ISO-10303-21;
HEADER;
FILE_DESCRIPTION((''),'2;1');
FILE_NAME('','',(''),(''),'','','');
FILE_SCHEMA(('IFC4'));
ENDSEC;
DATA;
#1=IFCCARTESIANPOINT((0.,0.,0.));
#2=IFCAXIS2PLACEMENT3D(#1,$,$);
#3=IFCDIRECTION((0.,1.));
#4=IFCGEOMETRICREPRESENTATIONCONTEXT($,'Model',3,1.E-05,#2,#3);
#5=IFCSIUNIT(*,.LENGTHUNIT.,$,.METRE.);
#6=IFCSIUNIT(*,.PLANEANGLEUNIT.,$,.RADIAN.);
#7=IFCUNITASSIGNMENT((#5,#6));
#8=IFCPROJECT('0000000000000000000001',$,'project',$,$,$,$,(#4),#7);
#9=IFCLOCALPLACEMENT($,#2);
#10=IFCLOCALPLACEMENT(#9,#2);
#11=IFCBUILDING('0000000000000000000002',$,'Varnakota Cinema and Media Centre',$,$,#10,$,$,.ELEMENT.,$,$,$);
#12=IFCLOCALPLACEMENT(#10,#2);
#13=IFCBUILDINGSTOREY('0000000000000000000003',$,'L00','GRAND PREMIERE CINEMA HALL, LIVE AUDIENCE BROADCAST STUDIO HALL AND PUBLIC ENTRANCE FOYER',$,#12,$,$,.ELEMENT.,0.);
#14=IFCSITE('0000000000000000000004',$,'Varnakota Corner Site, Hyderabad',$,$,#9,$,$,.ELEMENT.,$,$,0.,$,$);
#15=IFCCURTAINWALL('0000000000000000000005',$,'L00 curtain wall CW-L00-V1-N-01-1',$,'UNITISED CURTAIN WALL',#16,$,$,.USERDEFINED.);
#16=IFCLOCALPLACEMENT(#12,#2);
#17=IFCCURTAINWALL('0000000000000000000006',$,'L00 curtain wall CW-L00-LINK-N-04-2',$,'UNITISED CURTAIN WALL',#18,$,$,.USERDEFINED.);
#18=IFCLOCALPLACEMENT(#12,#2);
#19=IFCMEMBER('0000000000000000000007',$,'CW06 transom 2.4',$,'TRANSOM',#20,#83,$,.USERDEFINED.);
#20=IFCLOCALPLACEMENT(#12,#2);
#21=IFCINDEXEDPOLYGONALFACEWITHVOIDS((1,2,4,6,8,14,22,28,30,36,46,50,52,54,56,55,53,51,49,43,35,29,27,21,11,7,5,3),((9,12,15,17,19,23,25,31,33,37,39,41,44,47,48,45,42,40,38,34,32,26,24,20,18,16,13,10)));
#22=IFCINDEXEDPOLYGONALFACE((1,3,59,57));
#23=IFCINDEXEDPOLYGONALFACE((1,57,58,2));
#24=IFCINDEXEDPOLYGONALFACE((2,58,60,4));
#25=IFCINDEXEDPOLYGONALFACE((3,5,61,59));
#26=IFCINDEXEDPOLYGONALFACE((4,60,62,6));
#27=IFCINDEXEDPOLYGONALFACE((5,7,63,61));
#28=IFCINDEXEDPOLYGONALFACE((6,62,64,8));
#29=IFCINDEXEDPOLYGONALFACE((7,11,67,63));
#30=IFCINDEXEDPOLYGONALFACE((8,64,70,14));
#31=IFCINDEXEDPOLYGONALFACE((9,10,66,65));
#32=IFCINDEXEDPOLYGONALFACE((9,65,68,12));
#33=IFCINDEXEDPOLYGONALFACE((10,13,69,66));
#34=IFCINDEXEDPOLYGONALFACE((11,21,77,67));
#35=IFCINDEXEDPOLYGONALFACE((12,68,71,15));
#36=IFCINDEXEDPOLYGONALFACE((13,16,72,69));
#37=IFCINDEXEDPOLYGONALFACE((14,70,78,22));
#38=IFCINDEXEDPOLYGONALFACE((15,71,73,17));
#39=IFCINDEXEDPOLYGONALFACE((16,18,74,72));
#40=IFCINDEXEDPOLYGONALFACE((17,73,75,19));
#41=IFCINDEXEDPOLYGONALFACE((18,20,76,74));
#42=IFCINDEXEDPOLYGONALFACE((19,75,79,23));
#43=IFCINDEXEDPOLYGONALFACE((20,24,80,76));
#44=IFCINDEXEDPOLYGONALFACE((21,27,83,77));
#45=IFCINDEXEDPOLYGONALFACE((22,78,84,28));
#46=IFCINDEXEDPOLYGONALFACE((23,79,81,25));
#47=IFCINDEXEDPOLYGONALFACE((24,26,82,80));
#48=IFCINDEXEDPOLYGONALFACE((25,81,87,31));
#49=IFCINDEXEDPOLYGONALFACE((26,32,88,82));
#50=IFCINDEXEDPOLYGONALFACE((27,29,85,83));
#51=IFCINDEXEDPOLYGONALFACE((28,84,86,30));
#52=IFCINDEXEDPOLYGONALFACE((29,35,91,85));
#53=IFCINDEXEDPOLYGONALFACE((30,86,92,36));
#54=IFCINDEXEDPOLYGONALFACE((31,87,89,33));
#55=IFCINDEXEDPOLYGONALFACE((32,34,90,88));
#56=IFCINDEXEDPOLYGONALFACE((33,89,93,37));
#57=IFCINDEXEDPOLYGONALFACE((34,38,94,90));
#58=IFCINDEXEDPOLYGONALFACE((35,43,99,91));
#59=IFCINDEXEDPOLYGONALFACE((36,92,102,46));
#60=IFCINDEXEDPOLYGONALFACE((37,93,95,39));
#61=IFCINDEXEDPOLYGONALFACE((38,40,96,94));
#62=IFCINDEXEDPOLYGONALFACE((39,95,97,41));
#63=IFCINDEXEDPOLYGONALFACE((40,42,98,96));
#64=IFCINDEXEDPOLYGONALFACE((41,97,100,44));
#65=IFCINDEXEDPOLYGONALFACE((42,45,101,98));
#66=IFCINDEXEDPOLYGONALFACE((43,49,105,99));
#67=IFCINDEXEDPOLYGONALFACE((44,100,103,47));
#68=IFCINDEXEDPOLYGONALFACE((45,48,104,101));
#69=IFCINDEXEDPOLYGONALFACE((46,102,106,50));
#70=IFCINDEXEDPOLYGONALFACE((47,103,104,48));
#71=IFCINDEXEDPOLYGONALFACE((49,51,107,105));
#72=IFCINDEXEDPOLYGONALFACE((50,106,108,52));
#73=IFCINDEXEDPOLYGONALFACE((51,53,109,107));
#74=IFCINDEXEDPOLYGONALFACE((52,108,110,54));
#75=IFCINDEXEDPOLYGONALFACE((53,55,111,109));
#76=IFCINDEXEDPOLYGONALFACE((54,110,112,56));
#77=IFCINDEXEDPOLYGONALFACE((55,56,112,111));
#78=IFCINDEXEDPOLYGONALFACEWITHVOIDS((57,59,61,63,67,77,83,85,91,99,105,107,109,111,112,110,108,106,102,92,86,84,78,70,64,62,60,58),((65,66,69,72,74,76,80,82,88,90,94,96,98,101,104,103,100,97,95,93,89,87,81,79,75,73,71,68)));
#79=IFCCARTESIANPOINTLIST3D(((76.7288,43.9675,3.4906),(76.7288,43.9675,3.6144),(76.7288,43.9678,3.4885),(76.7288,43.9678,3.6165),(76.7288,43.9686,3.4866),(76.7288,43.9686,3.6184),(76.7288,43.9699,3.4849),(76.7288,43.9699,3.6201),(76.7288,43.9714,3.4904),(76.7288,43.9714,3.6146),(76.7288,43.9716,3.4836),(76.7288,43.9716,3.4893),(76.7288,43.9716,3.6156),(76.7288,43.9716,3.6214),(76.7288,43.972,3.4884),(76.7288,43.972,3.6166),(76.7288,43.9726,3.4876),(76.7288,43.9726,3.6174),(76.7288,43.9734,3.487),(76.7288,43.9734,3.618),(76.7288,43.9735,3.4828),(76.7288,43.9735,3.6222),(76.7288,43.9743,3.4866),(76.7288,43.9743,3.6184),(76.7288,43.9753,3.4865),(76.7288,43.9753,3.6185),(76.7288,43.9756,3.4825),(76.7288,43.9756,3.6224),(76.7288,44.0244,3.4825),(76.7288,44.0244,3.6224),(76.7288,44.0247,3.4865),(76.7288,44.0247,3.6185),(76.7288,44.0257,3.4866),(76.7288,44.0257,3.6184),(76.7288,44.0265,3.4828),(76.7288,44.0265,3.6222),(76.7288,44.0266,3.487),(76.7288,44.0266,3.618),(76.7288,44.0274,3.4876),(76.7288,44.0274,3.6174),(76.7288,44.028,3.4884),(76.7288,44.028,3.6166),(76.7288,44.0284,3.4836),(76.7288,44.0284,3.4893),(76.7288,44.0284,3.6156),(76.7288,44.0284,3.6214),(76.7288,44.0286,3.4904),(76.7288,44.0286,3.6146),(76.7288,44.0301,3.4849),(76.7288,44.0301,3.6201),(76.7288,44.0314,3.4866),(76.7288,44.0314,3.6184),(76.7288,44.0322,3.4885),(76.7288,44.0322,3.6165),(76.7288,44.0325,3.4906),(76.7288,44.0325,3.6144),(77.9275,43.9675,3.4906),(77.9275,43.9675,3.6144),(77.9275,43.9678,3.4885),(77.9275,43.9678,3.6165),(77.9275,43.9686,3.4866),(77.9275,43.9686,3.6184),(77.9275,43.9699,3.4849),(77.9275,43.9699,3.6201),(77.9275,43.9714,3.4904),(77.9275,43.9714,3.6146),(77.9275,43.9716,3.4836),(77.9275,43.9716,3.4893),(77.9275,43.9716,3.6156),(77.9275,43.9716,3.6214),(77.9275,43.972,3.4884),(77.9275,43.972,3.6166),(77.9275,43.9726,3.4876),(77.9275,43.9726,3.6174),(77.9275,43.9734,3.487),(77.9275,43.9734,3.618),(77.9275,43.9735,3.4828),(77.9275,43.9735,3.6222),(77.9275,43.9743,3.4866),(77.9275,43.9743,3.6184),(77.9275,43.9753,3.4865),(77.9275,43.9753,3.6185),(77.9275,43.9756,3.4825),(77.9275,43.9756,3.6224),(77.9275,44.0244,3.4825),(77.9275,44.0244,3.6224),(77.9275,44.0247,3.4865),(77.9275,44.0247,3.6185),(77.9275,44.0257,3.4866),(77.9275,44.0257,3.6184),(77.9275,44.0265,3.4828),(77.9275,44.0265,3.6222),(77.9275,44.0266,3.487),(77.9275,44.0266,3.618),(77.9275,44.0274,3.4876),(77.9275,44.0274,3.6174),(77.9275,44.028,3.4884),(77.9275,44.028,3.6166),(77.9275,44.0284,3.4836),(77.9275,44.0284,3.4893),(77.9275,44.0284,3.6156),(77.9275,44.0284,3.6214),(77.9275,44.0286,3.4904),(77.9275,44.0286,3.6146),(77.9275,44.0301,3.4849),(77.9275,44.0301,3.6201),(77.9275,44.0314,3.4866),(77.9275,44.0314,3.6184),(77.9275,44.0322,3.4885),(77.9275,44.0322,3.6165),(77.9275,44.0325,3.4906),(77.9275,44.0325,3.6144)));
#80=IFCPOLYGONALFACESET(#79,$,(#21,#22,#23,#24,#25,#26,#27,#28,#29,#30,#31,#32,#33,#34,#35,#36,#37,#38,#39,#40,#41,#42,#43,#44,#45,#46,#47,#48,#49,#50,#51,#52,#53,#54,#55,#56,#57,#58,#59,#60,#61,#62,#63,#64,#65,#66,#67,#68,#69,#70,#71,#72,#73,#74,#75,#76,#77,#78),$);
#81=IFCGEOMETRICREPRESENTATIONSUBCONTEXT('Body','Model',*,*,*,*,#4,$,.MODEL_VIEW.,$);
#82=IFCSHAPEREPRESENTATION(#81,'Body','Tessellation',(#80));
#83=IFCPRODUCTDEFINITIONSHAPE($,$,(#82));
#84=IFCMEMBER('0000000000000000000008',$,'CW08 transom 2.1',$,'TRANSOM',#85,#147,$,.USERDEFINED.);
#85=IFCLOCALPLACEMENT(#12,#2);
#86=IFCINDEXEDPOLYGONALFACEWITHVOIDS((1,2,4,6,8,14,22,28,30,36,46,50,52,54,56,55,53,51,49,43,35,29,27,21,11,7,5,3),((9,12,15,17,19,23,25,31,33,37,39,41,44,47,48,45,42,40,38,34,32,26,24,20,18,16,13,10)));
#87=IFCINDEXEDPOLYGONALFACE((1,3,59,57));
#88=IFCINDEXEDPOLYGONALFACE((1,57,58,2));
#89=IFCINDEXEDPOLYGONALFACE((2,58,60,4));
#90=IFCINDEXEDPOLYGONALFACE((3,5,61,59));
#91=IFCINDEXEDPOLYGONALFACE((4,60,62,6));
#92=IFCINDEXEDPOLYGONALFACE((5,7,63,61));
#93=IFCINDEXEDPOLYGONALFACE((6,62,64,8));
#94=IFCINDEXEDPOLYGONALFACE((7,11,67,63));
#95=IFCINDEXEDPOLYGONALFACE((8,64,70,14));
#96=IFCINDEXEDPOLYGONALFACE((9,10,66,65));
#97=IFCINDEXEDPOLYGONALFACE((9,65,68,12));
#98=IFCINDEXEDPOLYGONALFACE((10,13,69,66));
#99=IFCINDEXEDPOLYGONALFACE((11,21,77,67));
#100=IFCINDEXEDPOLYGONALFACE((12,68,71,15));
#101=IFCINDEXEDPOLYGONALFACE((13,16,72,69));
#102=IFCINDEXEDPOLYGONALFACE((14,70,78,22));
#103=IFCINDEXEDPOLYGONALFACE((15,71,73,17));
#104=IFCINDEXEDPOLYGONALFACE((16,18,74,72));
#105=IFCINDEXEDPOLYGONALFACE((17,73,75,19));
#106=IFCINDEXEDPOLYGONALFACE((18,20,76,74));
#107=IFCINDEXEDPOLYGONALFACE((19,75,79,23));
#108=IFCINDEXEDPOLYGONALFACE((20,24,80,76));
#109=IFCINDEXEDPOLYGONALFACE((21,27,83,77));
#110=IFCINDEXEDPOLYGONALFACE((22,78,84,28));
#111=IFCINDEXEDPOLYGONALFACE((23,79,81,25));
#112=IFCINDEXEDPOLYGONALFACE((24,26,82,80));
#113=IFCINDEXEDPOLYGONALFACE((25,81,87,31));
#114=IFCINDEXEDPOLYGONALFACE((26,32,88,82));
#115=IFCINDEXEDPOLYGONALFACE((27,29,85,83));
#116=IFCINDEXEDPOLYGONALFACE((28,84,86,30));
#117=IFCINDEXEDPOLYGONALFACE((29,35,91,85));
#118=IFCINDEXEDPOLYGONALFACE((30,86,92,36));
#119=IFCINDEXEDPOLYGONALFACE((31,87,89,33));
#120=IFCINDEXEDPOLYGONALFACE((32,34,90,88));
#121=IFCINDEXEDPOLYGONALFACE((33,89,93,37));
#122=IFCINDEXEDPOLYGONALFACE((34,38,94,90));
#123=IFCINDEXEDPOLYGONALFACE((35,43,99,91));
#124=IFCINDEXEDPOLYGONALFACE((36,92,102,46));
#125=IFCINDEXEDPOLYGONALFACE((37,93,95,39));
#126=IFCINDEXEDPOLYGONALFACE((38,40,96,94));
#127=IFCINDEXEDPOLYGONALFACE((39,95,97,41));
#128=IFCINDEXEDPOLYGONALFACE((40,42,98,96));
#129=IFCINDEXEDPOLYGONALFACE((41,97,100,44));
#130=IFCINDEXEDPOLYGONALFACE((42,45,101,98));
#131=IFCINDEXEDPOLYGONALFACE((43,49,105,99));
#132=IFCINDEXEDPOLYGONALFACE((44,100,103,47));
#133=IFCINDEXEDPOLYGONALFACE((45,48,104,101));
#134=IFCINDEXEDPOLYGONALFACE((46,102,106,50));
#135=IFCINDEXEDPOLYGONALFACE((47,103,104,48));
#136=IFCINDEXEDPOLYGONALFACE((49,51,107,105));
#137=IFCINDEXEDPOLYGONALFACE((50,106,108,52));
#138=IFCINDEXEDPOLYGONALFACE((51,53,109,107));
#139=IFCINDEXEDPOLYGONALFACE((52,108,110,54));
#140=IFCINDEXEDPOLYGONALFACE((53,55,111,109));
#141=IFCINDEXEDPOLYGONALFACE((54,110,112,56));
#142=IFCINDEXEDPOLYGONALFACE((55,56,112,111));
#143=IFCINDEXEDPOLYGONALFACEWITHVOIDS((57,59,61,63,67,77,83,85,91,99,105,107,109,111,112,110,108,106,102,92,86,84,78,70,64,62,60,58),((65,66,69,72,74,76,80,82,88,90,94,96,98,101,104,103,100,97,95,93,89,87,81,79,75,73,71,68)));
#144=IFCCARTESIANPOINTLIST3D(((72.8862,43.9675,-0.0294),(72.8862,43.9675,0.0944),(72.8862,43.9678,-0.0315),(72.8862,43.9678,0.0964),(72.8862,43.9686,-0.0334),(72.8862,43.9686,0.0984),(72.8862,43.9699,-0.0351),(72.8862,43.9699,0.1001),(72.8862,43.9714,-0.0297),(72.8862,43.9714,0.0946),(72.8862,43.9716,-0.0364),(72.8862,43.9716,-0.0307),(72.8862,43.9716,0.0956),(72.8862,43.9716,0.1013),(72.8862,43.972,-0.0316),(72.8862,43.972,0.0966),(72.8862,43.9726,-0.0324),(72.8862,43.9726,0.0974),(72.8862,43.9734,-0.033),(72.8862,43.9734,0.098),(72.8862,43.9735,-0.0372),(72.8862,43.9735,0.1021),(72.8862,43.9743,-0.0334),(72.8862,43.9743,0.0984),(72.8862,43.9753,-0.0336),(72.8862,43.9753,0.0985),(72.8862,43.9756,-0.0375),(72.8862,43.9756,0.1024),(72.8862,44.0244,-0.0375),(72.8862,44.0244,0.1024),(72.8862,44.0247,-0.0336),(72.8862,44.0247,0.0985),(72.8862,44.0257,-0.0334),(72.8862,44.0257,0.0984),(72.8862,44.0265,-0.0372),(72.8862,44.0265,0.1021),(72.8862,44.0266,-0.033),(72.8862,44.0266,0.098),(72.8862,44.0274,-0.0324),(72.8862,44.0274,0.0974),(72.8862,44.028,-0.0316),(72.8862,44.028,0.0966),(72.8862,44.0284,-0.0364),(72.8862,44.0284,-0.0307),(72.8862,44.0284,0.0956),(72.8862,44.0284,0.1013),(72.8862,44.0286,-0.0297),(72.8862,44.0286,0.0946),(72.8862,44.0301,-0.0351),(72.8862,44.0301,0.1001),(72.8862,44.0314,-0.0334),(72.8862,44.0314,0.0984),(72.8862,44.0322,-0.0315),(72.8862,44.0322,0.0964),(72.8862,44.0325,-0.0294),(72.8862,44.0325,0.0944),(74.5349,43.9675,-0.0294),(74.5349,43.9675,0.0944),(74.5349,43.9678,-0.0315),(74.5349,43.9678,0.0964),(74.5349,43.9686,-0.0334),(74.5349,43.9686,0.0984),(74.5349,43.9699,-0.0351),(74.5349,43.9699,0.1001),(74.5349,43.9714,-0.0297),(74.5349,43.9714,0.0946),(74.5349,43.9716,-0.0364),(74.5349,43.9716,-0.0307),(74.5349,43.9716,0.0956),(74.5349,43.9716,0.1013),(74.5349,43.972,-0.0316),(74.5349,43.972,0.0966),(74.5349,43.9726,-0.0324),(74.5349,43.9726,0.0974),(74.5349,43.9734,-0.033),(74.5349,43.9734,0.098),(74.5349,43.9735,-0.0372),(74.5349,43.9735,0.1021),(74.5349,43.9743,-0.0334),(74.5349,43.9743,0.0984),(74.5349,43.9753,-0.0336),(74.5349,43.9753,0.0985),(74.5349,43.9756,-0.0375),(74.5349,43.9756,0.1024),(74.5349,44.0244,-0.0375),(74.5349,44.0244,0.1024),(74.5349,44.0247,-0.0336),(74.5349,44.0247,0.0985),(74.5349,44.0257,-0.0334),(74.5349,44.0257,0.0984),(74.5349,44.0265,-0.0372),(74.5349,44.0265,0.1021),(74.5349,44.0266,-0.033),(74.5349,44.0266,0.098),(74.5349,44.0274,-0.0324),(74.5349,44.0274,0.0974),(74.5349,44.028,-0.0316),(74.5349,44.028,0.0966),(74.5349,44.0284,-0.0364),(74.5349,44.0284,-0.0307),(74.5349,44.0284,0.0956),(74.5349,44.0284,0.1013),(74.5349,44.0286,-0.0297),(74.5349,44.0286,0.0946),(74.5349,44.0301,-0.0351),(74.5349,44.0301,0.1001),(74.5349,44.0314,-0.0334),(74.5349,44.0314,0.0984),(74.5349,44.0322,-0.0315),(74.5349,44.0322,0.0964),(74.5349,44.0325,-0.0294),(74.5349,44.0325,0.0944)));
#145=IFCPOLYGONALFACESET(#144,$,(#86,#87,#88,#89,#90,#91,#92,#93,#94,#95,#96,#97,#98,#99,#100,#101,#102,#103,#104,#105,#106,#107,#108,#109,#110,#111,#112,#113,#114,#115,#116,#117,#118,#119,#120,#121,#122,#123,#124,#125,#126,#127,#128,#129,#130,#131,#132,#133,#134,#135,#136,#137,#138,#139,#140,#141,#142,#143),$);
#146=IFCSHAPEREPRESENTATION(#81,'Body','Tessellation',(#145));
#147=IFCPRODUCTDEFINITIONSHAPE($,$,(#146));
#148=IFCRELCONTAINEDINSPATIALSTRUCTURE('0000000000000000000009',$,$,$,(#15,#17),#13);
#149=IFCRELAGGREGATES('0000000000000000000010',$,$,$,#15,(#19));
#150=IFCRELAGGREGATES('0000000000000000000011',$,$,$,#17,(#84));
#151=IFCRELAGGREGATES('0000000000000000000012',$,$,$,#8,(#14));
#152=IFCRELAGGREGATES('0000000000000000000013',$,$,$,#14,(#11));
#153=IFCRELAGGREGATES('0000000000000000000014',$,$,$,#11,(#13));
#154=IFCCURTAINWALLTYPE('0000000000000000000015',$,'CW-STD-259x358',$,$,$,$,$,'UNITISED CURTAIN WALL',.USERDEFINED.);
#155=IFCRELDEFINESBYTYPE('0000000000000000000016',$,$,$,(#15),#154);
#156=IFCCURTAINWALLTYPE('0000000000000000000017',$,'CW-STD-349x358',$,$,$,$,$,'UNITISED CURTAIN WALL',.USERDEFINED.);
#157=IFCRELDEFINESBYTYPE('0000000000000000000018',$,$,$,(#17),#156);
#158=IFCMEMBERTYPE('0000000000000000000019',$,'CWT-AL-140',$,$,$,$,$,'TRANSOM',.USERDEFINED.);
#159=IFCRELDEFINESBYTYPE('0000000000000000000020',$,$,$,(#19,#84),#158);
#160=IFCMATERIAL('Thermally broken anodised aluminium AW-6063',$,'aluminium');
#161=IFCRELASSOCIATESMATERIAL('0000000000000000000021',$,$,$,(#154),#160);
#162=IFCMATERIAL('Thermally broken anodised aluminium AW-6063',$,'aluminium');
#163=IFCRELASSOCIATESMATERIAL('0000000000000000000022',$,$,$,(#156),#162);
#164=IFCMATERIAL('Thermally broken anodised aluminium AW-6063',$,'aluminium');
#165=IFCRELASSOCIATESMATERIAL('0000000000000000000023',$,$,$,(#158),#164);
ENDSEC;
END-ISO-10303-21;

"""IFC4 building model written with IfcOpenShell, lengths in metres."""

from ifc_helpers import new_model, si_unit, direction, frame, origin, origin_2d, place, context, subcontext, project, spatial, hollow_rectangle, extrude, material, material_profile, profile_set, type_object, element, aggregate, save


model = new_model("IFC4")

# Units and contexts
model_context = context("Model", 3, precision=1e-05, world=origin(), true_north=direction((0.0, 1.0)))
body_context = subcontext(model_context, "Body", "Model", "MODEL_VIEW")
ifc_project = project(units=[si_unit("LENGTHUNIT", "METRE"), si_unit("PLANEANGLEUNIT", "RADIAN")], contexts=[model_context])

# Site, building, storey
site_placement = place(None, origin())
site = spatial("IfcSite", under=ifc_project, at=site_placement, Name="Varnakota Corner Site, Hyderabad", CompositionType="ELEMENT", RefElevation=0.0)
building_placement = place(site_placement, origin())
building = spatial("IfcBuilding", under=site, at=building_placement, Name="Varnakota Cinema and Media Centre", CompositionType="ELEMENT")
storey_placement = place(building_placement, origin())
storey = spatial("IfcBuildingStorey", under=building, at=storey_placement, Name="L00", Description="GRAND PREMIERE CINEMA HALL, LIVE AUDIENCE BROADCAST STUDIO HALL AND PUBLIC ENTRANCE FOYER", CompositionType="ELEMENT", Elevation=0.0)

# Curtain walls
ifc_material_1 = material(Name="Thermally broken anodised aluminium AW-6063", Category="aluminium")
curtain_wall_type_1 = type_object("IfcCurtainWallType", Name="CW-STD-259x358", ElementType="UNITISED CURTAIN WALL", PredefinedType="USERDEFINED", material=ifc_material_1)
curtain_wall_1_placement = place(storey_placement, origin())
curtain_wall_1 = element("IfcCurtainWall", 1, at=curtain_wall_1_placement, inside=storey, type_object=curtain_wall_type_1, Name="L00 curtain wall CW-L00-V1-N-01-1", ObjectType="UNITISED CURTAIN WALL", PredefinedType="USERDEFINED")
ifc_material_2 = material(Name="Thermally broken anodised aluminium AW-6063", Category="aluminium")
curtain_wall_type_2 = type_object("IfcCurtainWallType", Name="CW-STD-349x358", ElementType="UNITISED CURTAIN WALL", PredefinedType="USERDEFINED", material=ifc_material_2)
curtain_wall_2_placement = place(storey_placement, origin())
curtain_wall_2 = element("IfcCurtainWall", 2, at=curtain_wall_2_placement, inside=storey, type_object=curtain_wall_type_2, Name="L00 curtain wall CW-L00-LINK-N-04-2", ObjectType="UNITISED CURTAIN WALL", PredefinedType="USERDEFINED")

# Members
ifc_material_3 = material(Name="Thermally broken anodised aluminium AW-6063", Category="aluminium")
ifc_material_profile_1 = material_profile(ifc_material_3, hollow_rectangle(XDim=0.0649, YDim=0.1399, WallThickness=0.0039, InnerFilletRadius=0.0039, OuterFilletRadius=0.0081, at=origin_2d()), Name="AL-TRANSOM 140x65x4")
ifc_profile_set_1 = profile_set([ifc_material_profile_1], Name="Thermally broken anodised aluminium AW-6063")
member_type_1 = type_object("IfcMemberType", Name="CWT-AL-140", ElementType="TRANSOM", PredefinedType="USERDEFINED", material=ifc_profile_set_1)
member_1_placement = place(storey_placement, frame((76.7288, 44.0, 3.5525), z_axis=(1.0, 0.0, 0.0), x_axis=(0.0, 1.0, 0.0)))
member_1 = element("IfcMember", 3, at=member_1_placement, type_object=member_type_1, Name="CW06 transom 2.4", ObjectType="TRANSOM", PredefinedType="USERDEFINED", context=body_context, shape_type="SweptSolid", body=[
    extrude(hollow_rectangle(XDim=0.0649, YDim=0.1399, WallThickness=0.0039, InnerFilletRadius=0.0039, OuterFilletRadius=0.0081, at=origin_2d()), origin(), (0.0, 0.0, 1.0), 1.1987),
])
member_2_placement = place(storey_placement, frame((72.8862, 44.0, 0.0325), z_axis=(1.0, 0.0, 0.0), x_axis=(0.0, 1.0, 0.0)))
member_2 = element("IfcMember", 4, at=member_2_placement, type_object=member_type_1, Name="CW08 transom 2.1", ObjectType="TRANSOM", PredefinedType="USERDEFINED", context=body_context, shape_type="SweptSolid", body=[
    extrude(hollow_rectangle(XDim=0.0649, YDim=0.1399, WallThickness=0.0039, InnerFilletRadius=0.0039, OuterFilletRadius=0.0081, at=origin_2d()), origin(), (0.0, 0.0, 1.0), 1.6487),
])

aggregate(curtain_wall_1, [member_1])
aggregate(curtain_wall_2, [member_2])

save(model, "model.ifc")
